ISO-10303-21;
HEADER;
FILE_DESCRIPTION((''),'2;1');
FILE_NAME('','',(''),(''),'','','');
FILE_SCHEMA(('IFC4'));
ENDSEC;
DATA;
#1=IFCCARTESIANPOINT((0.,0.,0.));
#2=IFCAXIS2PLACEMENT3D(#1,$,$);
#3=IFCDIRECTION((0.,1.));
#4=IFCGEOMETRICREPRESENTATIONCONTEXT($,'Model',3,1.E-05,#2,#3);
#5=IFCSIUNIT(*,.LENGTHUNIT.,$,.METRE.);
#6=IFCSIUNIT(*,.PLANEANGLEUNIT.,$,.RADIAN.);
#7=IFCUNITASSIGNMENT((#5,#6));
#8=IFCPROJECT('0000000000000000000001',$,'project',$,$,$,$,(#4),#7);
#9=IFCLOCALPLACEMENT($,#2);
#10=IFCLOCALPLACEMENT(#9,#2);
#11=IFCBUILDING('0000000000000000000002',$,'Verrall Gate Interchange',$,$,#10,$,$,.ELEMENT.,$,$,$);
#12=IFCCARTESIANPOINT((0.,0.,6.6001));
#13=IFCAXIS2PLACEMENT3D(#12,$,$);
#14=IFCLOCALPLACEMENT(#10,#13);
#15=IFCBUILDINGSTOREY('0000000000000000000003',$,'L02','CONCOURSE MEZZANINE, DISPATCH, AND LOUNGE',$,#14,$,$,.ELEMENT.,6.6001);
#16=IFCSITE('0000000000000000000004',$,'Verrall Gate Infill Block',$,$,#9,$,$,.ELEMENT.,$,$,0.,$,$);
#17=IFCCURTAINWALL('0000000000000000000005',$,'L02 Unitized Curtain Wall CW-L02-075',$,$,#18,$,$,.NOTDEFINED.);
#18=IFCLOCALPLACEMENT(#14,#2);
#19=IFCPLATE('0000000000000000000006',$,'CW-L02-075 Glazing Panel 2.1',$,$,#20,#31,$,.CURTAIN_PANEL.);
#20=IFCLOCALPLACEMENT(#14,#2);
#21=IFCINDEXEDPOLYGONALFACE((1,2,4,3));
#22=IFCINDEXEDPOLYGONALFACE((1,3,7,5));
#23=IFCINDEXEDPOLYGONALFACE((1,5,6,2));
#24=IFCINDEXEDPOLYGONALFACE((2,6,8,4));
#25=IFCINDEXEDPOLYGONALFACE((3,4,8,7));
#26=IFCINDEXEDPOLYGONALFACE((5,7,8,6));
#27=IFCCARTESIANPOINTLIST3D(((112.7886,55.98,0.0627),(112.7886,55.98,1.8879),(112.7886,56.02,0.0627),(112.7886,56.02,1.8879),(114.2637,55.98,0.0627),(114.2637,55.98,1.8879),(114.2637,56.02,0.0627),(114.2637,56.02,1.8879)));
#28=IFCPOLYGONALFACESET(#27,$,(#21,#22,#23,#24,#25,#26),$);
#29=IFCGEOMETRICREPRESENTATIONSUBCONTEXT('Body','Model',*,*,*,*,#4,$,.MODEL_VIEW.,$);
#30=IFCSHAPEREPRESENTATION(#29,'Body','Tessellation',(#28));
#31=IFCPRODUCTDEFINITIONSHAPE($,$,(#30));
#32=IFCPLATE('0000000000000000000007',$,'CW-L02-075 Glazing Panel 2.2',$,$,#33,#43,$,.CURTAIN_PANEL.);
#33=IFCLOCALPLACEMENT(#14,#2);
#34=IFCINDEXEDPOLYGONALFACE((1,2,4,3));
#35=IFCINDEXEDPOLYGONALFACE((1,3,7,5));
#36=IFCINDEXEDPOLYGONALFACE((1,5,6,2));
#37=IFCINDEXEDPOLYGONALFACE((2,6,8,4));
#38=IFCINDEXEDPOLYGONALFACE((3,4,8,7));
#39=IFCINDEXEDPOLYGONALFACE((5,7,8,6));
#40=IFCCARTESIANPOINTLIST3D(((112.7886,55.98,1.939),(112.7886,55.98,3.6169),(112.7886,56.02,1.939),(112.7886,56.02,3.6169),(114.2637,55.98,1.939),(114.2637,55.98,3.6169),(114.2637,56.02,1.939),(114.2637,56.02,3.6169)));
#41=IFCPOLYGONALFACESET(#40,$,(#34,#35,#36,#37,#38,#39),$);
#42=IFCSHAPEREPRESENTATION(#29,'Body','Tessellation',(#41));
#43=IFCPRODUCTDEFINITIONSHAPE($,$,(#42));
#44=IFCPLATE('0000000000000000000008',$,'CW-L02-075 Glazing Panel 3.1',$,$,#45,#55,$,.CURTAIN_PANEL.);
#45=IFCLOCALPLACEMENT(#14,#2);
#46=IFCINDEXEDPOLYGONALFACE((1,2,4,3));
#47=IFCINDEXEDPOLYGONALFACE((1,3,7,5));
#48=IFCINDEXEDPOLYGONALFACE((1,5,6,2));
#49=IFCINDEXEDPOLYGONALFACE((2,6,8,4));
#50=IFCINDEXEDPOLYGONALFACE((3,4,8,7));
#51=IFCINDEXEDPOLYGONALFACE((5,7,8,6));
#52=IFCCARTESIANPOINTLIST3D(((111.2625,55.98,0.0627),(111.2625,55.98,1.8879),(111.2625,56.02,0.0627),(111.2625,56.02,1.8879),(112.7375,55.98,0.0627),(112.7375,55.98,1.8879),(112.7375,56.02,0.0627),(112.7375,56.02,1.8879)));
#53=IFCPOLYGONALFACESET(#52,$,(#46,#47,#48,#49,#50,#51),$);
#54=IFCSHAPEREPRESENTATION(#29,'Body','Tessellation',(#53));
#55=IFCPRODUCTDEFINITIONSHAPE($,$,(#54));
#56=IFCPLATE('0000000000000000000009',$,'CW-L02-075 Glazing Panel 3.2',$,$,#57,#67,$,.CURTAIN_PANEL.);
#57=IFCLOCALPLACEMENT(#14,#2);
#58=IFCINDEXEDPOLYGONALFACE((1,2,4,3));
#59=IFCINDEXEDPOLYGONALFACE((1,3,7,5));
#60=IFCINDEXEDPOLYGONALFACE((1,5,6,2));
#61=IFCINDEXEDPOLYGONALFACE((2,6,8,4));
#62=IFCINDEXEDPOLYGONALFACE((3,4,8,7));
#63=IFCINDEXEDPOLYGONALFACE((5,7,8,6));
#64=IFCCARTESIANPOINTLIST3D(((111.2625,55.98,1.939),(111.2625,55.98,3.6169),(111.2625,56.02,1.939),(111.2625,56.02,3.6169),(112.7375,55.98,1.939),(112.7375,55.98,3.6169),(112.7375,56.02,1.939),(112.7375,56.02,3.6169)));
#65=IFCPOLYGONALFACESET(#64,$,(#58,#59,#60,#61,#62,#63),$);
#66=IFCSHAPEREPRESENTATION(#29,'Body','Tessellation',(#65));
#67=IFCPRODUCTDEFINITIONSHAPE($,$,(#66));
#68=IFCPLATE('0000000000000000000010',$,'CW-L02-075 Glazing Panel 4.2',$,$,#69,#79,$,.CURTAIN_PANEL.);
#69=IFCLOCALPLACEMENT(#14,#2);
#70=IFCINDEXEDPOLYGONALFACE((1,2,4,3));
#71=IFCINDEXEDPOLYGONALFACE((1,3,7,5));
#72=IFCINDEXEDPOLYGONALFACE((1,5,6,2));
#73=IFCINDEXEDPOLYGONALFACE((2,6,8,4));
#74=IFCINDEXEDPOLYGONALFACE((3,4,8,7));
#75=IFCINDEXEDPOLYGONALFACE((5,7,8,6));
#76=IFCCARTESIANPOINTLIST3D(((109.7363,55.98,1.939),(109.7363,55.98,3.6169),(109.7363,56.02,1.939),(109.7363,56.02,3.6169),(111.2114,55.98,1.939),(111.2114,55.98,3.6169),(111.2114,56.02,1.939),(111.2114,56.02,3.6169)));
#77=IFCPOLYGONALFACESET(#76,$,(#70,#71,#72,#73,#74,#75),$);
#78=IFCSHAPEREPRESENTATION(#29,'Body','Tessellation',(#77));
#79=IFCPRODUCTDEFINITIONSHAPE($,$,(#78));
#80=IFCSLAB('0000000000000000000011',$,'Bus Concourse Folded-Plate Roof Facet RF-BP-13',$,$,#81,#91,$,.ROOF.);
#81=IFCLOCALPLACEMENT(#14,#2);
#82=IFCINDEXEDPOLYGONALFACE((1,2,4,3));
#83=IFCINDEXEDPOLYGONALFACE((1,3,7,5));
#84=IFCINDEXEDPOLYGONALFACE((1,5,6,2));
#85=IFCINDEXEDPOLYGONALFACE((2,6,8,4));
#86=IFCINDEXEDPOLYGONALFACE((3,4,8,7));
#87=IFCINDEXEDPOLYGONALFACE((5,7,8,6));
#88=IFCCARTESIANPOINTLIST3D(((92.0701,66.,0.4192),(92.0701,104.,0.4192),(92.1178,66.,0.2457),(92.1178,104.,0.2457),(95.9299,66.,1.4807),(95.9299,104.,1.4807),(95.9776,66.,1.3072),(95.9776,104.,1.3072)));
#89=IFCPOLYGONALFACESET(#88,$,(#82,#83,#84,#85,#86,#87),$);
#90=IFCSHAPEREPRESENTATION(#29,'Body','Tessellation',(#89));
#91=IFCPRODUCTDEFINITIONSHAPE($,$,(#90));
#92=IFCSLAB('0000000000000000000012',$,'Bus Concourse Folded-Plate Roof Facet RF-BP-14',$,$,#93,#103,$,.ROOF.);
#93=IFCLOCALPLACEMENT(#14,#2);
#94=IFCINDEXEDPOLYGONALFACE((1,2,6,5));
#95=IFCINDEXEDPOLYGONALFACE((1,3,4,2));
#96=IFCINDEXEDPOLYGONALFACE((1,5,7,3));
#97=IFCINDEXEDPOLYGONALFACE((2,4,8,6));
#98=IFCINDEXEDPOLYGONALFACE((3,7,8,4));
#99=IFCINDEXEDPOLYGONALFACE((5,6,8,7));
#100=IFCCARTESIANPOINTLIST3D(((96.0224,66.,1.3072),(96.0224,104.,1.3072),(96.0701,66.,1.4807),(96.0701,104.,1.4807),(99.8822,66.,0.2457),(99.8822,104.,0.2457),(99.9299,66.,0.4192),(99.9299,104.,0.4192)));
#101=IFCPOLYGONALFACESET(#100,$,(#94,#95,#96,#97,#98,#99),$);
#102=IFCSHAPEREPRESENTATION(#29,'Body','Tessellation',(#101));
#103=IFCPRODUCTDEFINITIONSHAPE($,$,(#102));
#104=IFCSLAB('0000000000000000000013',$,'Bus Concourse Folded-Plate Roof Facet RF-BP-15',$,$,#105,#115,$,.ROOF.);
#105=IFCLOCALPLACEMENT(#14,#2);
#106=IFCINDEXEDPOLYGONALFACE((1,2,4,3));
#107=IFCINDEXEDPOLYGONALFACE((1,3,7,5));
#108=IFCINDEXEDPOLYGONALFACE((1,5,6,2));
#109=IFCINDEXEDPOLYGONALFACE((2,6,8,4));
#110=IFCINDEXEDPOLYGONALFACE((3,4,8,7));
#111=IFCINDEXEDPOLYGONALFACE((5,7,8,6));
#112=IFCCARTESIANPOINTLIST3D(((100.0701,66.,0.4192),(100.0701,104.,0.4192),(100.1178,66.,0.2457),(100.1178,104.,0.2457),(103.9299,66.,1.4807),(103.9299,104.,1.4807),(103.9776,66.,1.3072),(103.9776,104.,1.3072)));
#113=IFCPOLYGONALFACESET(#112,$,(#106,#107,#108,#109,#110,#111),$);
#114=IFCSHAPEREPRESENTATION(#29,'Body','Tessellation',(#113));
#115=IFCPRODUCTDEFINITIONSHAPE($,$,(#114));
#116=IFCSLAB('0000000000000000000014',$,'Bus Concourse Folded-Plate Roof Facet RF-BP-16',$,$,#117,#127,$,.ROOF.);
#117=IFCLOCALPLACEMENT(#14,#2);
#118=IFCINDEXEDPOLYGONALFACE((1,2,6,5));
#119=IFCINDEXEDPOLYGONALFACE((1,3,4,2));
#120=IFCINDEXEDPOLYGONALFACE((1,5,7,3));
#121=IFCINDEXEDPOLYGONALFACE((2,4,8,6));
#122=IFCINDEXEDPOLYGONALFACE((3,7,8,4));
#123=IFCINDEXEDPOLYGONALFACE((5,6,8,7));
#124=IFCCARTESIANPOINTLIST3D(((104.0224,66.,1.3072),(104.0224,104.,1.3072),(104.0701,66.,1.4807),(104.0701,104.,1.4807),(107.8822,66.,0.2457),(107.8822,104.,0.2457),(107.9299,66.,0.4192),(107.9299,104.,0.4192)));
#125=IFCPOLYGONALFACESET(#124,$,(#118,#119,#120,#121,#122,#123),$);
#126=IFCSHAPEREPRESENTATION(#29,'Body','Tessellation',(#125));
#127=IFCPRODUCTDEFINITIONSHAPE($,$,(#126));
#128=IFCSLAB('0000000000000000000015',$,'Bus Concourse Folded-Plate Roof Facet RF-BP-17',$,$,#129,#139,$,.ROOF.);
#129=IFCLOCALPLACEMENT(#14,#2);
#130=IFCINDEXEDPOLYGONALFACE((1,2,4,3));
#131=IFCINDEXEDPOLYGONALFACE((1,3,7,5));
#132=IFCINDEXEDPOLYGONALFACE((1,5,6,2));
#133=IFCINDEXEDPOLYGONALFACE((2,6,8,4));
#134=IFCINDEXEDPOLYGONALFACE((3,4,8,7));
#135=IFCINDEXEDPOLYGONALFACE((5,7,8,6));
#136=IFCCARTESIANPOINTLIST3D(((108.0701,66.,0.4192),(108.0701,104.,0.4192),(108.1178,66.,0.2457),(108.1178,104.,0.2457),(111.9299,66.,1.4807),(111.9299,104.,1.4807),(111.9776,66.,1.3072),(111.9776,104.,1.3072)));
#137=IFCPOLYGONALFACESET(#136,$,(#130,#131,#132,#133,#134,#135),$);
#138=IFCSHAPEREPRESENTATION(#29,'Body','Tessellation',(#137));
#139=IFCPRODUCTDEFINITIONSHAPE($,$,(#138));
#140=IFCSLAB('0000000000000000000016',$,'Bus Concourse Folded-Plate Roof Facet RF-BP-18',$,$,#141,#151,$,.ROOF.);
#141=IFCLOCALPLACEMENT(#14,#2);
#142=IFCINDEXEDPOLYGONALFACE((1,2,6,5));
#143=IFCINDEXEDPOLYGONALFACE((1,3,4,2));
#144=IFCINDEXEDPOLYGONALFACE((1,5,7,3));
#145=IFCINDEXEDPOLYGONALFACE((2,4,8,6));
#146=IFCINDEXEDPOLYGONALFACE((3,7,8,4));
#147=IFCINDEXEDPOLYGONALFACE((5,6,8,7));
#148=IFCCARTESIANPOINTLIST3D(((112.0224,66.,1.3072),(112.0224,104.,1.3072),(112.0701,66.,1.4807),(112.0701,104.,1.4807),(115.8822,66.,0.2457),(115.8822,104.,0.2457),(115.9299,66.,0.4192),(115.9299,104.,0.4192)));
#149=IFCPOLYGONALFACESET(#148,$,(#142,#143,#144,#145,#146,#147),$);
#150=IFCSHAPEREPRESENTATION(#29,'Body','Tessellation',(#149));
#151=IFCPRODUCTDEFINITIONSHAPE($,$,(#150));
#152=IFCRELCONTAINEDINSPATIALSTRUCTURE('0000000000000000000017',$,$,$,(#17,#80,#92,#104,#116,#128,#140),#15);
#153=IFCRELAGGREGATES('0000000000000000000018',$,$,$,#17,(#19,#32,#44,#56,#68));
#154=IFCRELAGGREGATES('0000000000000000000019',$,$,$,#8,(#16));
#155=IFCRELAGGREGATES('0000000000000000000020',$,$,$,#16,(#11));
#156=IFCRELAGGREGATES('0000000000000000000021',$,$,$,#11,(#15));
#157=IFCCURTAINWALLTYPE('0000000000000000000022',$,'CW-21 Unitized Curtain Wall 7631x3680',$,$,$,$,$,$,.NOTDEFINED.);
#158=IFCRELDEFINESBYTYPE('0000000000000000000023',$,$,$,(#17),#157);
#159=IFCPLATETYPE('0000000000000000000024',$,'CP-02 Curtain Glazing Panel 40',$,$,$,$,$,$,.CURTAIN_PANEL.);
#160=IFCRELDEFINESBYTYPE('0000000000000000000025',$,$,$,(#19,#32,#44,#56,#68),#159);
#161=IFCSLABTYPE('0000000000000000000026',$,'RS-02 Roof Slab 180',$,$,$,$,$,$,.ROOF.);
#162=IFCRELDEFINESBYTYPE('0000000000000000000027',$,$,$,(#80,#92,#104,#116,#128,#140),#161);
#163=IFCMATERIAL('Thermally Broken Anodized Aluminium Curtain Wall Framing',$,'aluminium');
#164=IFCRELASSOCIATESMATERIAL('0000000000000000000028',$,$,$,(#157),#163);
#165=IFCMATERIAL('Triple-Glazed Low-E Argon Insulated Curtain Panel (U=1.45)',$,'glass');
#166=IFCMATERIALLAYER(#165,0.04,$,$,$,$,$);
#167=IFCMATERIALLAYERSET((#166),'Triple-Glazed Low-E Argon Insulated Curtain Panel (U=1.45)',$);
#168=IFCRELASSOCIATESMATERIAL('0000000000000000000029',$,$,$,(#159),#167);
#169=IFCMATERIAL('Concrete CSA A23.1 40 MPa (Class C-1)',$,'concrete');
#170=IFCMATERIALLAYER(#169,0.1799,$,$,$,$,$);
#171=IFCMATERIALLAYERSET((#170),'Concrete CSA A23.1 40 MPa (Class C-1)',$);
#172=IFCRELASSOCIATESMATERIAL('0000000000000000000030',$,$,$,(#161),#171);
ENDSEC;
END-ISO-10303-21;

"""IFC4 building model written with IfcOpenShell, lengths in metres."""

from ifc_helpers import new_model, si_unit, direction, frame, origin, origin_2d, place, context, subcontext, project, spatial, polyline, rectangle, outline, extrude, material, layer, layer_set, type_object, element, aggregate, save


model = new_model("IFC4")

# Units and contexts
model_context = context("Model", 3, precision=1e-05, world=origin(), true_north=direction((0.0, 1.0)))
body_context = subcontext(model_context, "Body", "Model", "MODEL_VIEW")
ifc_project = project(units=[si_unit("LENGTHUNIT", "METRE"), si_unit("PLANEANGLEUNIT", "RADIAN")], contexts=[model_context])

# Site, building, storey
site_placement = place(None, origin())
site = spatial("IfcSite", under=ifc_project, at=site_placement, Name="Verrall Gate Infill Block", CompositionType="ELEMENT", RefElevation=0.0)
building_placement = place(site_placement, origin())
building = spatial("IfcBuilding", under=site, at=building_placement, Name="Verrall Gate Interchange", CompositionType="ELEMENT")
storey_placement = place(building_placement, frame((0.0, 0.0, 6.6001)))
storey = spatial("IfcBuildingStorey", under=building, at=storey_placement, Name="L02", Description="CONCOURSE MEZZANINE, DISPATCH, AND LOUNGE", CompositionType="ELEMENT", Elevation=6.6001)

# Curtain wall
ifc_material_1 = material(Name="Thermally Broken Anodized Aluminium Curtain Wall Framing", Category="aluminium")
curtain_wall_type = type_object("IfcCurtainWallType", Name="CW-21 Unitized Curtain Wall 7631x3680", PredefinedType="NOTDEFINED", material=ifc_material_1)
curtain_wall_placement = place(storey_placement, origin())
curtain_wall = element("IfcCurtainWall", 1, at=curtain_wall_placement, inside=storey, type_object=curtain_wall_type, Name="L02 Unitized Curtain Wall CW-L02-075", PredefinedType="NOTDEFINED")

# Plates
ifc_material_2 = material(Name="Triple-Glazed Low-E Argon Insulated Curtain Panel (U=1.45)", Category="glass")
ifc_layer_1 = layer(ifc_material_2, 0.04)
ifc_layer_set_1 = layer_set([ifc_layer_1], Name="Triple-Glazed Low-E Argon Insulated Curtain Panel (U=1.45)")
plate_type = type_object("IfcPlateType", Name="CP-02 Curtain Glazing Panel 40", PredefinedType="CURTAIN_PANEL", material=ifc_layer_set_1)
plate_1_placement = place(storey_placement, frame((113.5261, 56.0, 0.0627), z_axis=(0.0, 0.0, 1.0), x_axis=(-1.0, 0.0, 0.0)))
plate_1 = element("IfcPlate", 2, at=plate_1_placement, type_object=plate_type, Name="CW-L02-075 Glazing Panel 2.1", PredefinedType="CURTAIN_PANEL", context=body_context, shape_type="SweptSolid", body=[
    extrude(rectangle(XDim=1.4751, YDim=0.04, at=origin_2d()), origin(), (0.0, 0.0, 1.0), 1.8252),
])
plate_2_placement = place(storey_placement, frame((113.5261, 56.0, 1.939), z_axis=(0.0, 0.0, 1.0), x_axis=(-1.0, 0.0, 0.0)))
plate_2 = element("IfcPlate", 3, at=plate_2_placement, type_object=plate_type, Name="CW-L02-075 Glazing Panel 2.2", PredefinedType="CURTAIN_PANEL", context=body_context, shape_type="SweptSolid", body=[
    extrude(rectangle(XDim=1.4751, YDim=0.04, at=origin_2d()), origin(), (0.0, 0.0, 1.0), 1.678),
])
plate_3_placement = place(storey_placement, frame((112.0, 56.0, 0.0627), z_axis=(0.0, 0.0, 1.0), x_axis=(-1.0, 0.0, 0.0)))
plate_3 = element("IfcPlate", 4, at=plate_3_placement, type_object=plate_type, Name="CW-L02-075 Glazing Panel 3.1", PredefinedType="CURTAIN_PANEL", context=body_context, shape_type="SweptSolid", body=[
    extrude(rectangle(XDim=1.4751, YDim=0.04, at=origin_2d()), origin(), (0.0, 0.0, 1.0), 1.8252),
])
plate_4_placement = place(storey_placement, frame((112.0, 56.0, 1.939), z_axis=(0.0, 0.0, 1.0), x_axis=(-1.0, 0.0, 0.0)))
plate_4 = element("IfcPlate", 5, at=plate_4_placement, type_object=plate_type, Name="CW-L02-075 Glazing Panel 3.2", PredefinedType="CURTAIN_PANEL", context=body_context, shape_type="SweptSolid", body=[
    extrude(rectangle(XDim=1.4751, YDim=0.04, at=origin_2d()), origin(), (0.0, 0.0, 1.0), 1.678),
])
plate_5_placement = place(storey_placement, frame((110.4739, 56.0, 1.939), z_axis=(0.0, 0.0, 1.0), x_axis=(-1.0, 0.0, 0.0)))
plate_5 = element("IfcPlate", 6, at=plate_5_placement, type_object=plate_type, Name="CW-L02-075 Glazing Panel 4.2", PredefinedType="CURTAIN_PANEL", context=body_context, shape_type="SweptSolid", body=[
    extrude(rectangle(XDim=1.4751, YDim=0.04, at=origin_2d()), origin(), (0.0, 0.0, 1.0), 1.678),
])
aggregate(curtain_wall, [plate_1, plate_2, plate_3, plate_4, plate_5])

# Slabs
ifc_material_3 = material(Name="Concrete CSA A23.1 40 MPa (Class C-1)", Category="concrete")
ifc_layer_2 = layer(ifc_material_3, 0.1799)
ifc_layer_set_2 = layer_set([ifc_layer_2], Name="Concrete CSA A23.1 40 MPa (Class C-1)")
slab_type = type_object("IfcSlabType", Name="RS-02 Roof Slab 180", PredefinedType="ROOF", material=ifc_layer_set_2)
for number, where, z_axis, x_axis, name in (
    (7, (92.0701, 66.0, 0.4192), (-0.265171, 0.0, 0.964201), (0.964201, 0.0, 0.265171), "Bus Concourse Folded-Plate Roof Facet RF-BP-13"),
    (8, (96.0701, 66.0, 1.4807), (0.265171, 0.0, 0.964201), (0.964201, 0.0, -0.265171), "Bus Concourse Folded-Plate Roof Facet RF-BP-14"),
    (9, (100.0701, 66.0, 0.4192), (-0.265171, 0.0, 0.964201), (0.964201, 0.0, 0.265171), "Bus Concourse Folded-Plate Roof Facet RF-BP-15"),
    (10, (104.0701, 66.0, 1.4807), (0.265171, 0.0, 0.964201), (0.964201, 0.0, -0.265171), "Bus Concourse Folded-Plate Roof Facet RF-BP-16"),
    (11, (108.0701, 66.0, 0.4192), (-0.265171, 0.0, 0.964201), (0.964201, 0.0, 0.265171), "Bus Concourse Folded-Plate Roof Facet RF-BP-17"),
    (12, (112.0701, 66.0, 1.4807), (0.265171, 0.0, 0.964201), (0.964201, 0.0, -0.265171), "Bus Concourse Folded-Plate Roof Facet RF-BP-18"),
):
    element("IfcSlab", number, at=place(storey_placement, frame(where, z_axis=z_axis, x_axis=x_axis)), inside=storey, type_object=slab_type, Name=name, PredefinedType="ROOF", context=body_context, shape_type="SweptSolid", body=[
        extrude(outline(polyline([(0.0, 0.0), (4.0032, 0.0), (4.0032, 38.0), (0.0, 38.0), (0.0, 0.0)])), origin(), (0.0, 0.0, -1.0), 0.1799),
    ])

save(model, "model.ifc")
